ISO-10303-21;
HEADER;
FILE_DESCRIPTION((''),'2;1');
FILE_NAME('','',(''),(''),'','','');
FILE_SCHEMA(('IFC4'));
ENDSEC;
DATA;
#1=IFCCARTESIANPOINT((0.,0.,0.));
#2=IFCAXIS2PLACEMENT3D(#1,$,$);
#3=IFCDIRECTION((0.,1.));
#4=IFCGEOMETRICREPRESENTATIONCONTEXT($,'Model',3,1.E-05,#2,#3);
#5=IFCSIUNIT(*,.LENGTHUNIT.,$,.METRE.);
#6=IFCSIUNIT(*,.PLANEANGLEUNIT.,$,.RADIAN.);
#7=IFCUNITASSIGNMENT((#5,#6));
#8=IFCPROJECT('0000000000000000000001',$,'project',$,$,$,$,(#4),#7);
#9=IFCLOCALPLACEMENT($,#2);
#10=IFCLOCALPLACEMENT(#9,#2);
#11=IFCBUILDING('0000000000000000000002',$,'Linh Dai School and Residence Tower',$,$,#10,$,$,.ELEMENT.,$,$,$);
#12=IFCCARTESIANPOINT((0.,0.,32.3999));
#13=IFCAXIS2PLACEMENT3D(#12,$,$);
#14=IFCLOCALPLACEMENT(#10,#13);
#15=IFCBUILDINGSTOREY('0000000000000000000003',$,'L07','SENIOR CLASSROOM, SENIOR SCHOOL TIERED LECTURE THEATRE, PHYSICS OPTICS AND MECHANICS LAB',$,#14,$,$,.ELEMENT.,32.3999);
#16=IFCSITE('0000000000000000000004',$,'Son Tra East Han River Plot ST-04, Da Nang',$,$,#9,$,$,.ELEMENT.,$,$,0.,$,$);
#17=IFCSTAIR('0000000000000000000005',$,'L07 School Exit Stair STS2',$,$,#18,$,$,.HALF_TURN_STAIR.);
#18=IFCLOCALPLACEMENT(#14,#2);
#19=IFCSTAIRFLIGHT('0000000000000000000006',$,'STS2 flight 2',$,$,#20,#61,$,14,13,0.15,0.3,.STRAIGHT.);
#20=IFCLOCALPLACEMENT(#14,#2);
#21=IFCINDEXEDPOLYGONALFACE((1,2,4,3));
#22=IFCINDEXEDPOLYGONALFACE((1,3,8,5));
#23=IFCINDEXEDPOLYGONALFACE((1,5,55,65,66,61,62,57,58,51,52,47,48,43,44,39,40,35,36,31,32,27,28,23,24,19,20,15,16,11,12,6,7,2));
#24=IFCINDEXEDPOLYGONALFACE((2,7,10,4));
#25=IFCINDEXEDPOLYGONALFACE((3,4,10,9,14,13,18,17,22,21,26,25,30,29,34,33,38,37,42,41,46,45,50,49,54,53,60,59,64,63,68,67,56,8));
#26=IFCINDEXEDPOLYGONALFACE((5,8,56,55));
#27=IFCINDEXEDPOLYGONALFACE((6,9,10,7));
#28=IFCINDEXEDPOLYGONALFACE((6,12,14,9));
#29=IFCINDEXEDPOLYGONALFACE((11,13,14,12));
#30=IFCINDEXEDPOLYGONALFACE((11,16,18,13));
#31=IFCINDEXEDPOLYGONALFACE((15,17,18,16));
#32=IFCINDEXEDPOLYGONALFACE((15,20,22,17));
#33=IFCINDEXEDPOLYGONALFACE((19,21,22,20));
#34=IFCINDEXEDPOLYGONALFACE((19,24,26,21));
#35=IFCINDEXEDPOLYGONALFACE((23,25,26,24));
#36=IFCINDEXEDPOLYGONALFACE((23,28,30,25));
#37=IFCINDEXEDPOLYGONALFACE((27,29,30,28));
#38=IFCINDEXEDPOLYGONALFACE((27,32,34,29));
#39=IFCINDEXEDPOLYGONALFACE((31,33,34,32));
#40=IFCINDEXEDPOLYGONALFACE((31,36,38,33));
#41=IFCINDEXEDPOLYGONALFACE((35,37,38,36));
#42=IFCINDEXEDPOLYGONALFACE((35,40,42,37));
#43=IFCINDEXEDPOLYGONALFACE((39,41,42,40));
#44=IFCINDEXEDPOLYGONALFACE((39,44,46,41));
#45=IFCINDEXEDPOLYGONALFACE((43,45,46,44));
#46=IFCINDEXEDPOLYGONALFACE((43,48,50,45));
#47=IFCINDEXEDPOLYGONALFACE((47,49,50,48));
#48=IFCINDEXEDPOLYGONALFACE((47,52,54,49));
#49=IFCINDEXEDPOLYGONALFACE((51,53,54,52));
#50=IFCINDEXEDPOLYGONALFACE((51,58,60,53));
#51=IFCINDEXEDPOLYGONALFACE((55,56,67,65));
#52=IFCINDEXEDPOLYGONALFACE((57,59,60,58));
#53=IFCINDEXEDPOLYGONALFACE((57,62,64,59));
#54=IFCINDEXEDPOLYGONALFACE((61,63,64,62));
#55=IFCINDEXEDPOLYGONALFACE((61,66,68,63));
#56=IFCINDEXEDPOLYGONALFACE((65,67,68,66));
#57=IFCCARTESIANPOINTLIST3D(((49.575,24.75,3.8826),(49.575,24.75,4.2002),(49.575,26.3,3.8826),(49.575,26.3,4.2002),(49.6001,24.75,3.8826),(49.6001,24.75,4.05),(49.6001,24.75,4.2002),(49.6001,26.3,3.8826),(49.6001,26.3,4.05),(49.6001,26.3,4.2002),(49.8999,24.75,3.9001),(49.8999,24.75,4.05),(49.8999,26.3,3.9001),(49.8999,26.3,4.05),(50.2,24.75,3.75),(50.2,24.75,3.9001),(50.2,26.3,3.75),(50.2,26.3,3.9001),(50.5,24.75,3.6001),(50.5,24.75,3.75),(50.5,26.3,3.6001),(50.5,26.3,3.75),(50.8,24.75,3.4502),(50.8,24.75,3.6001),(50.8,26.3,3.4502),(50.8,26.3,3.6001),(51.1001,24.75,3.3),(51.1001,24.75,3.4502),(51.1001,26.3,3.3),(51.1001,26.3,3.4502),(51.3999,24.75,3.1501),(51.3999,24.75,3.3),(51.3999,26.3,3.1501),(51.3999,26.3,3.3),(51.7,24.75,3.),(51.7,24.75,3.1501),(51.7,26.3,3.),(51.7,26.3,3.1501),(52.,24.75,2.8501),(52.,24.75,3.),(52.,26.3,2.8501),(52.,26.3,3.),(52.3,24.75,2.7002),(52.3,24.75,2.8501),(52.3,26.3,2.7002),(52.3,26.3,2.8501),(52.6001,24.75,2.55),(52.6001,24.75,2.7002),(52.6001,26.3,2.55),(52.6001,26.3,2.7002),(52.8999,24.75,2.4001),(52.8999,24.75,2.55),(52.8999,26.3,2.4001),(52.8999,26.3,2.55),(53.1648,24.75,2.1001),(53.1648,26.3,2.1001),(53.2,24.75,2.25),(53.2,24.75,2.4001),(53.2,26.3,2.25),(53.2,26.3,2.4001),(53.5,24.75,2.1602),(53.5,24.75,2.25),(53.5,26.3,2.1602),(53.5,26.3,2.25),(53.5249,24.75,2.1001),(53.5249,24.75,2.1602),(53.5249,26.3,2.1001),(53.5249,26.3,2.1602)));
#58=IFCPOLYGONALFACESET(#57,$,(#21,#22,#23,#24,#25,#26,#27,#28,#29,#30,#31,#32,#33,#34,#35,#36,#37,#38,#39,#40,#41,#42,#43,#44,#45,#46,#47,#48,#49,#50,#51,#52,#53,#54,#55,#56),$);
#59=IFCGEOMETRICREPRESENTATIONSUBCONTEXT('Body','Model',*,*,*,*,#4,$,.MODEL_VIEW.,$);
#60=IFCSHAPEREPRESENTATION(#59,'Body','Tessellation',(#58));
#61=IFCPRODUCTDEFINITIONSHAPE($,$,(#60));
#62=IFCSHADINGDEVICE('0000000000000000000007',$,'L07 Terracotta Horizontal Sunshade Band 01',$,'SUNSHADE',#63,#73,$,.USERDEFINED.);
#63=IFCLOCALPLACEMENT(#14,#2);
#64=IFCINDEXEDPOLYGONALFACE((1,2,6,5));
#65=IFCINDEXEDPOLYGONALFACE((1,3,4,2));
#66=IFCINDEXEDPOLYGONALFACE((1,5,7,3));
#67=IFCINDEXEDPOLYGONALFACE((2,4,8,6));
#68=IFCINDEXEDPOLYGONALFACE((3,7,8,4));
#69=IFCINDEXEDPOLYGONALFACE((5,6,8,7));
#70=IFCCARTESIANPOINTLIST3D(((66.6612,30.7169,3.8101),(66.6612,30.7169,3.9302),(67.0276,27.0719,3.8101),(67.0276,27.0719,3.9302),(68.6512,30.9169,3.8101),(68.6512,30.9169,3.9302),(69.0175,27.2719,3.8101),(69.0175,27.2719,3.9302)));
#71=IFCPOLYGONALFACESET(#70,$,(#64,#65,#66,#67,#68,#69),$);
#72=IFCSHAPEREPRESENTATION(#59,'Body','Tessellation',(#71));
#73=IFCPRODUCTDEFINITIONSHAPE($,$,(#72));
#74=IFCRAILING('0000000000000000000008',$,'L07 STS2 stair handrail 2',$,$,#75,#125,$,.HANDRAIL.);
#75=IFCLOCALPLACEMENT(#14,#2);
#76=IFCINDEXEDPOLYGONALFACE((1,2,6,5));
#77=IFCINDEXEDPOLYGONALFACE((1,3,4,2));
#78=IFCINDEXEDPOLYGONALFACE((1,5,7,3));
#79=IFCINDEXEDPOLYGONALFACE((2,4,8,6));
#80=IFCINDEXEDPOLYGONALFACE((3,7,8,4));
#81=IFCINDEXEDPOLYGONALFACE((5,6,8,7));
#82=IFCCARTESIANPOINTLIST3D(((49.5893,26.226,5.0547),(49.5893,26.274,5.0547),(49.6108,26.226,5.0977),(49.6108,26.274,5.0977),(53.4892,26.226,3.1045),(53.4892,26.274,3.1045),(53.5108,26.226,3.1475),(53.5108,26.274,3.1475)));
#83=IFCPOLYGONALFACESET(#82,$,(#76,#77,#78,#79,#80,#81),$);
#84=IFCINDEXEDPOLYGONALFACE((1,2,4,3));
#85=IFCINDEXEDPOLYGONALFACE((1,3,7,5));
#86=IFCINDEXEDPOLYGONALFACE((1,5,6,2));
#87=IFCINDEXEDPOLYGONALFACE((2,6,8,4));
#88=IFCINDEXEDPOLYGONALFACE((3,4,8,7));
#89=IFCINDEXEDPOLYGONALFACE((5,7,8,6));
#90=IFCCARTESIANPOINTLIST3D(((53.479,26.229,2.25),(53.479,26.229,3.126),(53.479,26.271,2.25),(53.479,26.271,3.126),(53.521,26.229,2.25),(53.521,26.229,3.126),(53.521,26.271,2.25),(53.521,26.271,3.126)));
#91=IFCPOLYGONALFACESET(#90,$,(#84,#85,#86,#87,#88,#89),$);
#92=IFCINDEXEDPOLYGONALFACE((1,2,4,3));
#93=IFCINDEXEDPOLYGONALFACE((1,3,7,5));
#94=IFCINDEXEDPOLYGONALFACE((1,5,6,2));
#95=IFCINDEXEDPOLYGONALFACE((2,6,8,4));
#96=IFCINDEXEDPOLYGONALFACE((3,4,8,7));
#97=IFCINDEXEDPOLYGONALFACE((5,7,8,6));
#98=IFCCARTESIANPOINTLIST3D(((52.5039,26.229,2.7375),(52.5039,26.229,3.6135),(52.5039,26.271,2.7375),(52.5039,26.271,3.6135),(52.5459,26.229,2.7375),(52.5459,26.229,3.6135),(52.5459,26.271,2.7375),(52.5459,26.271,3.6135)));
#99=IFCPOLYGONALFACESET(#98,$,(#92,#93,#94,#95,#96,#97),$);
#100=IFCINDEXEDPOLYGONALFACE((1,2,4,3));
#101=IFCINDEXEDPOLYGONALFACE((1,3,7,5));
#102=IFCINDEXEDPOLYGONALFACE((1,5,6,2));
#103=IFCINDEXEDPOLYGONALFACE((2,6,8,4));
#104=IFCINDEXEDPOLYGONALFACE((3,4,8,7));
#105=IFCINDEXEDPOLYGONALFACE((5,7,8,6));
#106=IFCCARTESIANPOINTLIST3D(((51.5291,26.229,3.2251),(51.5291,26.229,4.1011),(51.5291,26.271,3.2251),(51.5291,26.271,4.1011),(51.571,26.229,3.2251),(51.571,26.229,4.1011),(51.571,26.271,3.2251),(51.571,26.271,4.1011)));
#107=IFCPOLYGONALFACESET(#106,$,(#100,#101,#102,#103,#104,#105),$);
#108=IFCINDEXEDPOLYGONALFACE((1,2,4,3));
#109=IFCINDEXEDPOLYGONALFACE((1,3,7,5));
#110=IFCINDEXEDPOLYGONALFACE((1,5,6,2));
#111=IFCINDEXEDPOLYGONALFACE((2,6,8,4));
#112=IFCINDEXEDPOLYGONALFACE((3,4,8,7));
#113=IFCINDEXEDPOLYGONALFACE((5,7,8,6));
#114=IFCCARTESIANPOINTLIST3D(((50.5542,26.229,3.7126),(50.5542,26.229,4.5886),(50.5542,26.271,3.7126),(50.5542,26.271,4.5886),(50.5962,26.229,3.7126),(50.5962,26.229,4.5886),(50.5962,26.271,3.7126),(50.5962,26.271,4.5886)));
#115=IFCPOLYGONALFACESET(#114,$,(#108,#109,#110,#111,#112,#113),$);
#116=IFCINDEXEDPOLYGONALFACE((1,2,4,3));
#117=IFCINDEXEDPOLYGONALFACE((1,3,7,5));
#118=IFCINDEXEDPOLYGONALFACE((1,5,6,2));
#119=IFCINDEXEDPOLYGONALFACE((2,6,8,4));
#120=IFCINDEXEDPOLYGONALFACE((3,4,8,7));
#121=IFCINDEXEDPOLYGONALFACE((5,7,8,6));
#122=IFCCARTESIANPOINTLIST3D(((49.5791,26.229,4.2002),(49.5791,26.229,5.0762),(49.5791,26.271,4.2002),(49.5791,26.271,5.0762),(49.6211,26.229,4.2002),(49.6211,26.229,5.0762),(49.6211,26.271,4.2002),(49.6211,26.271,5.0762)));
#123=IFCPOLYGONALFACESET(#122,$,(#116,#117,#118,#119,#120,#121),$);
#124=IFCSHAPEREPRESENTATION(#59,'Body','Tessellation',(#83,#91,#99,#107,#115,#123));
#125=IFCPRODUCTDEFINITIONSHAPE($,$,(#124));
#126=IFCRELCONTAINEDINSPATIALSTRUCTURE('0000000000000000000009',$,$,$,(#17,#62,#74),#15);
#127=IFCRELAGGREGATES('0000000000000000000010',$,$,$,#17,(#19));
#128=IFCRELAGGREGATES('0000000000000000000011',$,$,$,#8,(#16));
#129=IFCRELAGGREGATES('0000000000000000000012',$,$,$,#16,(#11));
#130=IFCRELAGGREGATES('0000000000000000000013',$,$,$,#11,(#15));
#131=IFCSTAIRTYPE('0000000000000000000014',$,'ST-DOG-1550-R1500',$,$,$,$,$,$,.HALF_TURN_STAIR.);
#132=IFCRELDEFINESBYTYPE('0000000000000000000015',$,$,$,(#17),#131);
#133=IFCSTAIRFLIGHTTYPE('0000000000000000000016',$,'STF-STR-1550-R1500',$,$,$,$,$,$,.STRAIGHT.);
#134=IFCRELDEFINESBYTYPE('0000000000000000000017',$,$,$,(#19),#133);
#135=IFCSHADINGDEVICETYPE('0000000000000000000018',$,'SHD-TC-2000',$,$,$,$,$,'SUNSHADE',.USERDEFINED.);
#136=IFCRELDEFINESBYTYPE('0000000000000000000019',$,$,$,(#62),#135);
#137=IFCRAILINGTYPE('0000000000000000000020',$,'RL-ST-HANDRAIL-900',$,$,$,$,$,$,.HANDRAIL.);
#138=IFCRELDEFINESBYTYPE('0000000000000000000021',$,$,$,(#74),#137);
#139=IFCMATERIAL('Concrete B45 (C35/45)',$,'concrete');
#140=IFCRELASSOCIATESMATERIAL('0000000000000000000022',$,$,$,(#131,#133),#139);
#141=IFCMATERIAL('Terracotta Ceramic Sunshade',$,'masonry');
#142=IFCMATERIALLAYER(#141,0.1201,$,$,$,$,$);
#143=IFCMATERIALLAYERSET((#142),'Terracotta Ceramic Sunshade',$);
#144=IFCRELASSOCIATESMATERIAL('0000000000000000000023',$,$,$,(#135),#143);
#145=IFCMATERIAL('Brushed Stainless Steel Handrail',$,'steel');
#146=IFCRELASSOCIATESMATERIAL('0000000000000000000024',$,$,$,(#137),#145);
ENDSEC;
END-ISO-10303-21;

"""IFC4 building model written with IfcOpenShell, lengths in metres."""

from ifc_helpers import new_model, si_unit, direction, frame, origin, origin_2d, place, context, subcontext, project, spatial, polyline, rectangle, outline, extrude, source, transform, mapped, material, layer, layer_set, type_object, element, aggregate, save


model = new_model("IFC4")

# Units and contexts
model_context = context("Model", 3, precision=1e-05, world=origin(), true_north=direction((0.0, 1.0)))
body_context = subcontext(model_context, "Body", "Model", "MODEL_VIEW")
ifc_project = project(units=[si_unit("LENGTHUNIT", "METRE"), si_unit("PLANEANGLEUNIT", "RADIAN")], contexts=[model_context])

# Site, building, storey
site_placement = place(None, origin())
site = spatial("IfcSite", under=ifc_project, at=site_placement, Name="Son Tra East Han River Plot ST-04, Da Nang", CompositionType="ELEMENT", RefElevation=0.0)
building_placement = place(site_placement, origin())
building = spatial("IfcBuilding", under=site, at=building_placement, Name="Linh Dai School and Residence Tower", CompositionType="ELEMENT")
storey_placement = place(building_placement, frame((0.0, 0.0, 32.3999)))
storey = spatial("IfcBuildingStorey", under=building, at=storey_placement, Name="L07", Description="SENIOR CLASSROOM, SENIOR SCHOOL TIERED LECTURE THEATRE, PHYSICS OPTICS AND MECHANICS LAB", CompositionType="ELEMENT", Elevation=32.3999)

# Shared definitions
ifc_material_1 = material(Name="Concrete B45 (C35/45)", Category="concrete")

# Stair, stair flight
stair_type = type_object("IfcStairType", Name="ST-DOG-1550-R1500", PredefinedType="HALF_TURN_STAIR", material=ifc_material_1)
stair_placement = place(storey_placement, origin())
stair = element("IfcStair", 1, at=stair_placement, inside=storey, type_object=stair_type, Name="L07 School Exit Stair STS2", PredefinedType="HALF_TURN_STAIR")
stair_flight_type = type_object("IfcStairFlightType", Name="STF-STR-1550-R1500", PredefinedType="STRAIGHT", material=ifc_material_1)
shared_shape_1 = source(origin(), body_context, "Body", "SweptSolid", [
    extrude(outline(polyline([(-0.0249, 0.0), (-0.0249, 0.0601), (0.0, 0.0601), (0.0, 0.1499), (0.3, 0.1499), (0.3, 0.3), (0.6001, 0.3), (0.6001, 0.45), (0.8999, 0.45), (0.8999, 0.6001), (1.2, 0.6001), (1.2, 0.75), (1.5, 0.75), (1.5, 0.8999), (1.8, 0.8999), (1.8, 1.05), (2.1001, 1.05), (2.1001, 1.2), (2.3999, 1.2), (2.3999, 1.3501), (2.7, 1.3501), (2.7, 1.5), (3.0, 1.5), (3.0, 1.6499), (3.3, 1.6499), (3.3, 1.8), (3.6001, 1.8), (3.6001, 1.95), (3.8999, 1.95), (3.8999, 2.1001), (3.925, 2.1001), (3.925, 1.7825), (3.8999, 1.7825), (0.3352, 0.0), (-0.0249, 0.0)])), frame((0.0, 0.7749, 0.0), z_axis=(0.0, -1.0, 0.0), x_axis=(1.0, 0.0, 0.0)), (0.0, 0.0, 1.0), 1.55),
])
stair_flight_placement = place(storey_placement, frame((53.5, 25.5249, 2.1001), z_axis=(0.0, 0.0, 1.0), x_axis=(-1.0, 0.0, 0.0)))
stair_flight = element("IfcStairFlight", 2, at=stair_flight_placement, type_object=stair_flight_type, Name="STS2 flight 2", NumberOfRisers=14, NumberOfTreads=13, PredefinedType="STRAIGHT", RiserHeight=0.15, TreadLength=0.3, context=body_context, shape_type="MappedRepresentation", body=[
    mapped(shared_shape_1, transform((0.0, 0.0, 0.0), x_axis=(1.0, 0.0, 0.0), y_axis=(0.0, 1.0, 0.0), z_axis=(0.0, 0.0, 1.0), scale=1.0)),
])
aggregate(stair, [stair_flight])

# Shading device
ifc_material_2 = material(Name="Terracotta Ceramic Sunshade", Category="masonry")
ifc_layer_1 = layer(ifc_material_2, 0.1201)
ifc_layer_set_1 = layer_set([ifc_layer_1], Name="Terracotta Ceramic Sunshade")
shading_device_type = type_object("IfcShadingDeviceType", Name="SHD-TC-2000", ElementType="SUNSHADE", PredefinedType="USERDEFINED", material=ifc_layer_set_1)
shared_shape_2 = source(origin(), body_context, "Body", "SweptSolid", [
    extrude(rectangle(XDim=3.6633, YDim=2.0, at=origin_2d()), origin(), (0.0, 0.0, 1.0), 0.1201),
])
shading_device_placement = place(storey_placement, frame((67.8394, 28.9944, 3.8101), z_axis=(0.0, 0.0, 1.0), x_axis=(0.100009, -0.994986, 0.0)))
element("IfcShadingDevice", 3, at=shading_device_placement, inside=storey, type_object=shading_device_type, Name="L07 Terracotta Horizontal Sunshade Band 01", ObjectType="SUNSHADE", PredefinedType="USERDEFINED", context=body_context, shape_type="MappedRepresentation", body=[
    mapped(shared_shape_2, transform((0.0, 0.0, 0.0), x_axis=(1.0, 0.0, 0.0), y_axis=(0.0, 1.0, 0.0), z_axis=(0.0, 0.0, 1.0), scale=1.0)),
])

# Railing
ifc_material_3 = material(Name="Brushed Stainless Steel Handrail", Category="steel")
railing_type_1 = type_object("IfcRailingType", Name="RL-ST-HANDRAIL-900", PredefinedType="HANDRAIL", material=ifc_material_3)
shared_shape_3 = source(origin(), body_context, "Body", "SweptSolid", [
    extrude(rectangle(XDim=0.0481, YDim=0.0481, at=origin_2d()), frame((0.0, 0.0, 0.876), z_axis=(-0.894405, 0.0, 0.447258), x_axis=(0.0, -1.0, 0.0)), (0.0, 0.0, 1.0), 4.3604),
    extrude(rectangle(XDim=0.042, YDim=0.042, at=origin_2d()), origin(), (0.0, 0.0, 1.0), 0.876),
    extrude(rectangle(XDim=0.042, YDim=0.042, at=origin_2d()), frame((-0.9751, 0.0, 0.4875)), (0.0, 0.0, 1.0), 0.876),
    extrude(rectangle(XDim=0.042, YDim=0.042, at=origin_2d()), frame((-1.95, 0.0, 0.9751)), (0.0, 0.0, 1.0), 0.876),
    extrude(rectangle(XDim=0.042, YDim=0.042, at=origin_2d()), frame((-2.9248, 0.0, 1.4626)), (0.0, 0.0, 1.0), 0.876),
    extrude(rectangle(XDim=0.042, YDim=0.042, at=origin_2d()), frame((-3.8999, 0.0, 1.9502)), (0.0, 0.0, 1.0), 0.876),
])
railing_1_placement = place(storey_placement, frame((53.5, 26.25, 2.25)))
element("IfcRailing", 4, at=railing_1_placement, inside=storey, type_object=railing_type_1, Name="L07 STS2 stair handrail 2", PredefinedType="HANDRAIL", context=body_context, shape_type="MappedRepresentation", body=[
    mapped(shared_shape_3, transform((0.0, 0.0, 0.0), x_axis=(1.0, 0.0, 0.0), y_axis=(0.0, 1.0, 0.0), z_axis=(0.0, 0.0, 1.0), scale=1.0)),
])

save(model, "model.ifc")
